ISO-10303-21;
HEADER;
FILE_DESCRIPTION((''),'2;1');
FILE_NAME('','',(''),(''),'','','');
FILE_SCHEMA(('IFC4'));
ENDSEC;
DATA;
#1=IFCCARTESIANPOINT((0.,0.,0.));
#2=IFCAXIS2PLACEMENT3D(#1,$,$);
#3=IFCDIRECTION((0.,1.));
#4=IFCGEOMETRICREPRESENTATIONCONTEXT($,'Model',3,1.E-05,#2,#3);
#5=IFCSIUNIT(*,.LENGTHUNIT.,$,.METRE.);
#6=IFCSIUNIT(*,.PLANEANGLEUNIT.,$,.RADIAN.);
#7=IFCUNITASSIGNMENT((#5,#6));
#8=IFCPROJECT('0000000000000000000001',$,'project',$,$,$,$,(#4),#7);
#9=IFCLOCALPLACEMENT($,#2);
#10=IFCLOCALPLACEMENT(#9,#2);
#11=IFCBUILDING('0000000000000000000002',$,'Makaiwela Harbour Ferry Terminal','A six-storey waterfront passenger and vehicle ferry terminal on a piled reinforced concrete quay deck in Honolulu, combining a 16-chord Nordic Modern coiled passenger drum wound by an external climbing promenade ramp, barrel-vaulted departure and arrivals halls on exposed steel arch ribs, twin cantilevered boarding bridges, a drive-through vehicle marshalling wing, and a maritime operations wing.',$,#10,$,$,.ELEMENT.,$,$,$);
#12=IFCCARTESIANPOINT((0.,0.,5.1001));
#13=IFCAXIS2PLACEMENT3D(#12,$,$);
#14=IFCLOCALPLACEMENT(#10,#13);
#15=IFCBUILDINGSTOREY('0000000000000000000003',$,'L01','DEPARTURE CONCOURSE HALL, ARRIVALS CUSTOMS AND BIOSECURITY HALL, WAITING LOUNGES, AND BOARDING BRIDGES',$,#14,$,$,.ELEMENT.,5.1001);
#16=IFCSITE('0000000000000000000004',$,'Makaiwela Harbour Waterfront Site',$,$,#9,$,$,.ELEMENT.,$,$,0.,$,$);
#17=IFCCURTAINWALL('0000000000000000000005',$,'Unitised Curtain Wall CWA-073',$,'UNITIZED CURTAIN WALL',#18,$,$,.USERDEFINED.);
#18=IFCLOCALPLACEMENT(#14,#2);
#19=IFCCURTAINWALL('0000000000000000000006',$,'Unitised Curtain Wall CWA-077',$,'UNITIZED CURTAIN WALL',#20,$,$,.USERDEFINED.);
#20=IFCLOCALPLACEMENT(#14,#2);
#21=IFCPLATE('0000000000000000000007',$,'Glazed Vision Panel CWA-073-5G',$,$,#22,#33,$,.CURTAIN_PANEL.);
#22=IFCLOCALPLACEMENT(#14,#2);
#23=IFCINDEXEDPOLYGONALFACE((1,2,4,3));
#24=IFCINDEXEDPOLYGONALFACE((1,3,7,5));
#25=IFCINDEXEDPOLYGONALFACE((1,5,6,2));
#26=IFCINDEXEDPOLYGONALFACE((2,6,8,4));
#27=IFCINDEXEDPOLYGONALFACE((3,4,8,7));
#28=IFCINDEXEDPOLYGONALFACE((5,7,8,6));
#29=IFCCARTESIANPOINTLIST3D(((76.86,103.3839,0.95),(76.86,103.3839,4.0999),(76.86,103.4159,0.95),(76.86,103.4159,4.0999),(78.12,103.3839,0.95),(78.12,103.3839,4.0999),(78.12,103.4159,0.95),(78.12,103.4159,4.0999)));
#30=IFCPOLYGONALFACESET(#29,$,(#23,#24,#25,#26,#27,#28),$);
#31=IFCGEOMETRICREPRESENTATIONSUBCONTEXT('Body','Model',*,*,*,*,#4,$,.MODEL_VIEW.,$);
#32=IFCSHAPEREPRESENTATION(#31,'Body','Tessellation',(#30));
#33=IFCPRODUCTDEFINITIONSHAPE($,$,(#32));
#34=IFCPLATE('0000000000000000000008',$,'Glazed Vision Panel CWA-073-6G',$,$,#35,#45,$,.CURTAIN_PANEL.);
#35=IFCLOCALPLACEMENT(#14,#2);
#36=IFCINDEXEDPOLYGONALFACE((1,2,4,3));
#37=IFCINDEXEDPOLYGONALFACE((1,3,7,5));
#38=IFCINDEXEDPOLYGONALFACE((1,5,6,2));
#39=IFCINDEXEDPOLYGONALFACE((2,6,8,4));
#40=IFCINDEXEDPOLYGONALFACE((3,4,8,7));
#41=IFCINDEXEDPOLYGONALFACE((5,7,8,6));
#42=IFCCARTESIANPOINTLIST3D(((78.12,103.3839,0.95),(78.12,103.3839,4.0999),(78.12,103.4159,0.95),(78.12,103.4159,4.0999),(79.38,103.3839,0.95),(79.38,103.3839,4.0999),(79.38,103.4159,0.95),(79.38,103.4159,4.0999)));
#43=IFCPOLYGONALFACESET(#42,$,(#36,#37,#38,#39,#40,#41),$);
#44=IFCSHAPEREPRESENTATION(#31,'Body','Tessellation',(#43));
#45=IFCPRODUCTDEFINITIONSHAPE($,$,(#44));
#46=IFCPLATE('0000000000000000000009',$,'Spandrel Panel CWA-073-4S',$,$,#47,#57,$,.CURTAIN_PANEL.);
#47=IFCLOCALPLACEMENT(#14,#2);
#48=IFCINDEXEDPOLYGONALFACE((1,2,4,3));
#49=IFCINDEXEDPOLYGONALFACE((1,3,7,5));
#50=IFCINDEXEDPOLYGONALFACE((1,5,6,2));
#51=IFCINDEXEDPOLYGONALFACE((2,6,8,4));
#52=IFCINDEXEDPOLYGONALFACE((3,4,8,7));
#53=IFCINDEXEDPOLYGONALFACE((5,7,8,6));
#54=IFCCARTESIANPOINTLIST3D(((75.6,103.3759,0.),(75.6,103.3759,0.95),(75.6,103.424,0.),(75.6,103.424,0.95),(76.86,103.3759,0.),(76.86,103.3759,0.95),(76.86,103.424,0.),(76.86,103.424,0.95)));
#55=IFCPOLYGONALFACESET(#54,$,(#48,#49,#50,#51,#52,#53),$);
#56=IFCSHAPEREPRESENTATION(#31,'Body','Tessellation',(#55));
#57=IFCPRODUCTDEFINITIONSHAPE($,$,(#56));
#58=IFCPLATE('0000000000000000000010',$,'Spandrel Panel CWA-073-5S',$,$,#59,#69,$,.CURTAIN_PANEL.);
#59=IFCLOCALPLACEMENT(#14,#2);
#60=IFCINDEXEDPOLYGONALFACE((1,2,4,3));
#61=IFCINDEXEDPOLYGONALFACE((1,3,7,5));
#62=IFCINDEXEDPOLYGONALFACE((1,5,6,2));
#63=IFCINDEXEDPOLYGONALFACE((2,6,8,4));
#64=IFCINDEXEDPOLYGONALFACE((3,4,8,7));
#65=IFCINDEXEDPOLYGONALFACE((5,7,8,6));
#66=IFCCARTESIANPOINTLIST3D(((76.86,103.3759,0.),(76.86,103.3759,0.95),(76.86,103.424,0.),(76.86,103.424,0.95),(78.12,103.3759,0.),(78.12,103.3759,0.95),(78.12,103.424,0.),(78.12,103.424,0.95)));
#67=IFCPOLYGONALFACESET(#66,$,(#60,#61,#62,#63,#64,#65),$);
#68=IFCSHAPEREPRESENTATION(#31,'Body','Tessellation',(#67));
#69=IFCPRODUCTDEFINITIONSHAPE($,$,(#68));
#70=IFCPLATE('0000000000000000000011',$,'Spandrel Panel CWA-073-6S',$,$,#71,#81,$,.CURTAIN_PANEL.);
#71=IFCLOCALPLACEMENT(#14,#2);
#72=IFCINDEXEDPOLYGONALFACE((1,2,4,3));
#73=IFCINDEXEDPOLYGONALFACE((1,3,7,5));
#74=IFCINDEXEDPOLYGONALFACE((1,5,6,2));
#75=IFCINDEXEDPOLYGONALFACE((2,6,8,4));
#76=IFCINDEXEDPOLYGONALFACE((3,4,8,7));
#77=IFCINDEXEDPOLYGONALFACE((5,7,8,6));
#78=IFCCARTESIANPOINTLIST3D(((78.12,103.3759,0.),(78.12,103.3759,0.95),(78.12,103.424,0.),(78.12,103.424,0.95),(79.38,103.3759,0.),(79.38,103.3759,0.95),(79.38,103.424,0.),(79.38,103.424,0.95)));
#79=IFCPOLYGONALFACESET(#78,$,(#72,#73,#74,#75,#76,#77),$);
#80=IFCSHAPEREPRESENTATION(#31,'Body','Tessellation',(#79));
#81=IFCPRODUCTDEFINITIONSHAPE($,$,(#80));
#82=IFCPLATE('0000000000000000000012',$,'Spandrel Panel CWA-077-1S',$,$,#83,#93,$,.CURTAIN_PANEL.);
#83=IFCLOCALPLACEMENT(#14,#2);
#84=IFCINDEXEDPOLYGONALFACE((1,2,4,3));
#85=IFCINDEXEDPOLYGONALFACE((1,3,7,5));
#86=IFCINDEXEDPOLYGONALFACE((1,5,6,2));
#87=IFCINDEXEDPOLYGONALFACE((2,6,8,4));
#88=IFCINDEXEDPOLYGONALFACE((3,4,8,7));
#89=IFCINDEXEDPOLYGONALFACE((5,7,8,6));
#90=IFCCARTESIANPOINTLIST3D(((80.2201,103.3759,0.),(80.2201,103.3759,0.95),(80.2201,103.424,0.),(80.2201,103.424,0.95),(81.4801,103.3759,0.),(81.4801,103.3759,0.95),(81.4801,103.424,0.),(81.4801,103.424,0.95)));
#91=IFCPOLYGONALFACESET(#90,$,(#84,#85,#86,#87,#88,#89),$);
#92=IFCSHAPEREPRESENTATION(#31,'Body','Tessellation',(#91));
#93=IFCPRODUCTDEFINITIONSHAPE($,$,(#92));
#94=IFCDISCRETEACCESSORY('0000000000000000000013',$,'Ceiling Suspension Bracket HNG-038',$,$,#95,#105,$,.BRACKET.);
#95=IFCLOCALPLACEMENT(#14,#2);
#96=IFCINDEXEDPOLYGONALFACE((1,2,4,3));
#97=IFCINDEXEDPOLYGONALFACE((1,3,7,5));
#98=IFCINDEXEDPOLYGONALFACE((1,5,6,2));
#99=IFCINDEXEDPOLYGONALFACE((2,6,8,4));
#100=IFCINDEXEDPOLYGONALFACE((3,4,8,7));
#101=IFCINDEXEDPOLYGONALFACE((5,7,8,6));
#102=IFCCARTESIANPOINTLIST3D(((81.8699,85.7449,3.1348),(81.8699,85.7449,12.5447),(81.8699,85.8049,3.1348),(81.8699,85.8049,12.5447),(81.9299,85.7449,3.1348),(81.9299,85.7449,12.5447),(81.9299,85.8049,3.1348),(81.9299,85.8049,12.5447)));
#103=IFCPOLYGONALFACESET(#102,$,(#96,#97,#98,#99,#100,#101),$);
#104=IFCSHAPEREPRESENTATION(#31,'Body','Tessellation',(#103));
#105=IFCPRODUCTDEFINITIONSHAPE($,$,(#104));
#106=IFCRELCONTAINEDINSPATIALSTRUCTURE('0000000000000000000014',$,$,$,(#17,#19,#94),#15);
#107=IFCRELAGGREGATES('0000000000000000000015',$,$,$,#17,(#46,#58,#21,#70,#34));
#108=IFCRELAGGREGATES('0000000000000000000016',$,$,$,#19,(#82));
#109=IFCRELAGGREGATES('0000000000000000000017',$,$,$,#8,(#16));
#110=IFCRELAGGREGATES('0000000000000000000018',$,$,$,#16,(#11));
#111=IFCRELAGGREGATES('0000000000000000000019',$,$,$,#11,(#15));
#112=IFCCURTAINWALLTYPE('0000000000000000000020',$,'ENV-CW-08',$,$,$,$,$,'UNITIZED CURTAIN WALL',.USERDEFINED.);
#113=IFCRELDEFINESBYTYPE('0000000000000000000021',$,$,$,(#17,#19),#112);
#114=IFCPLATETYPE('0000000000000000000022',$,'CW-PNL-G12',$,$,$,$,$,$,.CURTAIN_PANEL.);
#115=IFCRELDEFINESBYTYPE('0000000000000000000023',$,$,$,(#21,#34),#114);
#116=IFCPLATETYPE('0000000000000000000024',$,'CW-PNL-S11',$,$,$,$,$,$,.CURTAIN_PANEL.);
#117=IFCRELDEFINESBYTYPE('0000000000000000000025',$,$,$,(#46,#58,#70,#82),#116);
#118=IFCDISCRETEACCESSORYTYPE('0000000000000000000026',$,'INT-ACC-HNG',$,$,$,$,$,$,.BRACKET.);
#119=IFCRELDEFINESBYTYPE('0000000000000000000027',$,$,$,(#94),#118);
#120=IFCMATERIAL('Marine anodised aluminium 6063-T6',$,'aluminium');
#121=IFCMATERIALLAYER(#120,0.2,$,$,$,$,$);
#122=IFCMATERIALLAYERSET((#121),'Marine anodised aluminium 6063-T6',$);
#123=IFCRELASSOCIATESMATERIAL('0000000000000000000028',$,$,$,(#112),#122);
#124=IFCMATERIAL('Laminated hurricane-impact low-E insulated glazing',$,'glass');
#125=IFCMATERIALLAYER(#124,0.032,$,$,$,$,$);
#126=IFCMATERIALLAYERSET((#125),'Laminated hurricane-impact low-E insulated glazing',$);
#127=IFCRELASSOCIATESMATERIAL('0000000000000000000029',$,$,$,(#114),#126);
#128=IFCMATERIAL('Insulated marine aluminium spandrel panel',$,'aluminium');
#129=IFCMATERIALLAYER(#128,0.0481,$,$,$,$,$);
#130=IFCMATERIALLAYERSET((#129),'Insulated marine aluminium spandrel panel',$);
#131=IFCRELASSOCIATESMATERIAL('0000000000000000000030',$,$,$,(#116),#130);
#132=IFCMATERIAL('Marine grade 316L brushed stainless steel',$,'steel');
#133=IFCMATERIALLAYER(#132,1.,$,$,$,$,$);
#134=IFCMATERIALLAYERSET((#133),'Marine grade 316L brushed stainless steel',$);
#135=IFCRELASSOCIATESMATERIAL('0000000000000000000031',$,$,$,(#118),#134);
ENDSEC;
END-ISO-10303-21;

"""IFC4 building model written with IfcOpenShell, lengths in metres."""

from ifc_helpers import new_model, si_unit, direction, frame, origin, origin_2d, place, context, subcontext, project, spatial, rectangle, extrude, material, layer, layer_set, type_object, element, aggregate, save


model = new_model("IFC4")

# Units and contexts
model_context = context("Model", 3, precision=1e-05, world=origin(), true_north=direction((0.0, 1.0)))
body_context = subcontext(model_context, "Body", "Model", "MODEL_VIEW")
ifc_project = project(units=[si_unit("LENGTHUNIT", "METRE"), si_unit("PLANEANGLEUNIT", "RADIAN")], contexts=[model_context])

# Site, building, storey
site_placement = place(None, origin())
site = spatial("IfcSite", under=ifc_project, at=site_placement, Name="Makaiwela Harbour Waterfront Site", CompositionType="ELEMENT", RefElevation=0.0)
building_placement = place(site_placement, origin())
building = spatial("IfcBuilding", under=site, at=building_placement, Name="Makaiwela Harbour Ferry Terminal", Description="A six-storey waterfront passenger and vehicle ferry terminal on a piled reinforced concrete quay deck in Honolulu, combining a 16-chord Nordic Modern coiled passenger drum wound by an external climbing promenade ramp, barrel-vaulted departure and arrivals halls on exposed steel arch ribs, twin cantilevered boarding bridges, a drive-through vehicle marshalling wing, and a maritime operations wing.", CompositionType="ELEMENT")
storey_placement = place(building_placement, frame((0.0, 0.0, 5.1001)))
storey = spatial("IfcBuildingStorey", under=building, at=storey_placement, Name="L01", Description="DEPARTURE CONCOURSE HALL, ARRIVALS CUSTOMS AND BIOSECURITY HALL, WAITING LOUNGES, AND BOARDING BRIDGES", CompositionType="ELEMENT", Elevation=5.1001)

# Curtain wall
ifc_material_1 = material(Name="Marine anodised aluminium 6063-T6", Category="aluminium")
ifc_layer_1 = layer(ifc_material_1, 0.2)
ifc_layer_set_1 = layer_set([ifc_layer_1], Name="Marine anodised aluminium 6063-T6")
curtain_wall_type = type_object("IfcCurtainWallType", Name="ENV-CW-08", ElementType="UNITIZED CURTAIN WALL", PredefinedType="USERDEFINED", material=ifc_layer_set_1)
curtain_wall_1_placement = place(storey_placement, origin())
curtain_wall_1 = element("IfcCurtainWall", 1, at=curtain_wall_1_placement, inside=storey, type_object=curtain_wall_type, Name="Unitised Curtain Wall CWA-073", ObjectType="UNITIZED CURTAIN WALL", PredefinedType="USERDEFINED")

# Curtain wall
curtain_wall_2_placement = place(storey_placement, origin())
curtain_wall_2 = element("IfcCurtainWall", 2, at=curtain_wall_2_placement, inside=storey, type_object=curtain_wall_type, Name="Unitised Curtain Wall CWA-077", ObjectType="UNITIZED CURTAIN WALL", PredefinedType="USERDEFINED")

# Plates
ifc_material_2 = material(Name="Laminated hurricane-impact low-E insulated glazing", Category="glass")
ifc_layer_2 = layer(ifc_material_2, 0.032)
ifc_layer_set_2 = layer_set([ifc_layer_2], Name="Laminated hurricane-impact low-E insulated glazing")
plate_type_1 = type_object("IfcPlateType", Name="CW-PNL-G12", PredefinedType="CURTAIN_PANEL", material=ifc_layer_set_2)
plate_1_placement = place(storey_placement, frame((77.49, 103.3999, 0.95), z_axis=(0.0, 0.0, 1.0), x_axis=(1.0, 0.0, 0.0)))
plate_1 = element("IfcPlate", 3, at=plate_1_placement, type_object=plate_type_1, Name="Glazed Vision Panel CWA-073-5G", PredefinedType="CURTAIN_PANEL", context=body_context, shape_type="SweptSolid", body=[
    extrude(rectangle(XDim=1.26, YDim=0.032, at=origin_2d()), origin(), (0.0, 0.0, 1.0), 3.1499),
])
plate_2_placement = place(storey_placement, frame((78.75, 103.3999, 0.95), z_axis=(0.0, 0.0, 1.0), x_axis=(1.0, 0.0, 0.0)))
plate_2 = element("IfcPlate", 4, at=plate_2_placement, type_object=plate_type_1, Name="Glazed Vision Panel CWA-073-6G", PredefinedType="CURTAIN_PANEL", context=body_context, shape_type="SweptSolid", body=[
    extrude(rectangle(XDim=1.26, YDim=0.032, at=origin_2d()), origin(), (0.0, 0.0, 1.0), 3.1499),
])
ifc_material_3 = material(Name="Insulated marine aluminium spandrel panel", Category="aluminium")
ifc_layer_3 = layer(ifc_material_3, 0.0481)
ifc_layer_set_3 = layer_set([ifc_layer_3], Name="Insulated marine aluminium spandrel panel")
plate_type_2 = type_object("IfcPlateType", Name="CW-PNL-S11", PredefinedType="CURTAIN_PANEL", material=ifc_layer_set_3)
plate_3_placement = place(storey_placement, frame((76.23, 103.3999, 0.0), z_axis=(0.0, 0.0, 1.0), x_axis=(1.0, 0.0, 0.0)))
plate_3 = element("IfcPlate", 5, at=plate_3_placement, type_object=plate_type_2, Name="Spandrel Panel CWA-073-4S", PredefinedType="CURTAIN_PANEL", context=body_context, shape_type="SweptSolid", body=[
    extrude(rectangle(XDim=1.26, YDim=0.0481, at=origin_2d()), origin(), (0.0, 0.0, 1.0), 0.95),
])
plate_4_placement = place(storey_placement, frame((77.49, 103.3999, 0.0), z_axis=(0.0, 0.0, 1.0), x_axis=(1.0, 0.0, 0.0)))
plate_4 = element("IfcPlate", 6, at=plate_4_placement, type_object=plate_type_2, Name="Spandrel Panel CWA-073-5S", PredefinedType="CURTAIN_PANEL", context=body_context, shape_type="SweptSolid", body=[
    extrude(rectangle(XDim=1.26, YDim=0.0481, at=origin_2d()), origin(), (0.0, 0.0, 1.0), 0.95),
])
plate_5_placement = place(storey_placement, frame((78.75, 103.3999, 0.0), z_axis=(0.0, 0.0, 1.0), x_axis=(1.0, 0.0, 0.0)))
plate_5 = element("IfcPlate", 7, at=plate_5_placement, type_object=plate_type_2, Name="Spandrel Panel CWA-073-6S", PredefinedType="CURTAIN_PANEL", context=body_context, shape_type="SweptSolid", body=[
    extrude(rectangle(XDim=1.26, YDim=0.0481, at=origin_2d()), origin(), (0.0, 0.0, 1.0), 0.95),
])
aggregate(curtain_wall_1, [plate_3, plate_4, plate_1, plate_5, plate_2])
plate_6_placement = place(storey_placement, frame((80.8501, 103.3999, 0.0), z_axis=(0.0, 0.0, 1.0), x_axis=(1.0, 0.0, 0.0)))
plate_6 = element("IfcPlate", 8, at=plate_6_placement, type_object=plate_type_2, Name="Spandrel Panel CWA-077-1S", PredefinedType="CURTAIN_PANEL", context=body_context, shape_type="SweptSolid", body=[
    extrude(rectangle(XDim=1.26, YDim=0.0481, at=origin_2d()), origin(), (0.0, 0.0, 1.0), 0.95),
])
aggregate(curtain_wall_2, [plate_6])

# Discrete accessory
ifc_material_4 = material(Name="Marine grade 316L brushed stainless steel", Category="steel")
ifc_layer_4 = layer(ifc_material_4, 1.0)
ifc_layer_set_4 = layer_set([ifc_layer_4], Name="Marine grade 316L brushed stainless steel")
discrete_accessory_type = type_object("IfcDiscreteAccessoryType", Name="INT-ACC-HNG", PredefinedType="BRACKET", material=ifc_layer_set_4)
discrete_accessory_placement = place(storey_placement, frame((81.8999, 85.7749, 3.1348), z_axis=(0.0, 0.0, 1.0), x_axis=(1.0, 0.0, 0.0)))
element("IfcDiscreteAccessory", 9, at=discrete_accessory_placement, inside=storey, type_object=discrete_accessory_type, Name="Ceiling Suspension Bracket HNG-038", PredefinedType="BRACKET", context=body_context, shape_type="SweptSolid", body=[
    extrude(rectangle(XDim=0.0601, YDim=0.0601, at=origin_2d()), origin(), (0.0, 0.0, 1.0), 9.4099),
])

save(model, "model.ifc")
